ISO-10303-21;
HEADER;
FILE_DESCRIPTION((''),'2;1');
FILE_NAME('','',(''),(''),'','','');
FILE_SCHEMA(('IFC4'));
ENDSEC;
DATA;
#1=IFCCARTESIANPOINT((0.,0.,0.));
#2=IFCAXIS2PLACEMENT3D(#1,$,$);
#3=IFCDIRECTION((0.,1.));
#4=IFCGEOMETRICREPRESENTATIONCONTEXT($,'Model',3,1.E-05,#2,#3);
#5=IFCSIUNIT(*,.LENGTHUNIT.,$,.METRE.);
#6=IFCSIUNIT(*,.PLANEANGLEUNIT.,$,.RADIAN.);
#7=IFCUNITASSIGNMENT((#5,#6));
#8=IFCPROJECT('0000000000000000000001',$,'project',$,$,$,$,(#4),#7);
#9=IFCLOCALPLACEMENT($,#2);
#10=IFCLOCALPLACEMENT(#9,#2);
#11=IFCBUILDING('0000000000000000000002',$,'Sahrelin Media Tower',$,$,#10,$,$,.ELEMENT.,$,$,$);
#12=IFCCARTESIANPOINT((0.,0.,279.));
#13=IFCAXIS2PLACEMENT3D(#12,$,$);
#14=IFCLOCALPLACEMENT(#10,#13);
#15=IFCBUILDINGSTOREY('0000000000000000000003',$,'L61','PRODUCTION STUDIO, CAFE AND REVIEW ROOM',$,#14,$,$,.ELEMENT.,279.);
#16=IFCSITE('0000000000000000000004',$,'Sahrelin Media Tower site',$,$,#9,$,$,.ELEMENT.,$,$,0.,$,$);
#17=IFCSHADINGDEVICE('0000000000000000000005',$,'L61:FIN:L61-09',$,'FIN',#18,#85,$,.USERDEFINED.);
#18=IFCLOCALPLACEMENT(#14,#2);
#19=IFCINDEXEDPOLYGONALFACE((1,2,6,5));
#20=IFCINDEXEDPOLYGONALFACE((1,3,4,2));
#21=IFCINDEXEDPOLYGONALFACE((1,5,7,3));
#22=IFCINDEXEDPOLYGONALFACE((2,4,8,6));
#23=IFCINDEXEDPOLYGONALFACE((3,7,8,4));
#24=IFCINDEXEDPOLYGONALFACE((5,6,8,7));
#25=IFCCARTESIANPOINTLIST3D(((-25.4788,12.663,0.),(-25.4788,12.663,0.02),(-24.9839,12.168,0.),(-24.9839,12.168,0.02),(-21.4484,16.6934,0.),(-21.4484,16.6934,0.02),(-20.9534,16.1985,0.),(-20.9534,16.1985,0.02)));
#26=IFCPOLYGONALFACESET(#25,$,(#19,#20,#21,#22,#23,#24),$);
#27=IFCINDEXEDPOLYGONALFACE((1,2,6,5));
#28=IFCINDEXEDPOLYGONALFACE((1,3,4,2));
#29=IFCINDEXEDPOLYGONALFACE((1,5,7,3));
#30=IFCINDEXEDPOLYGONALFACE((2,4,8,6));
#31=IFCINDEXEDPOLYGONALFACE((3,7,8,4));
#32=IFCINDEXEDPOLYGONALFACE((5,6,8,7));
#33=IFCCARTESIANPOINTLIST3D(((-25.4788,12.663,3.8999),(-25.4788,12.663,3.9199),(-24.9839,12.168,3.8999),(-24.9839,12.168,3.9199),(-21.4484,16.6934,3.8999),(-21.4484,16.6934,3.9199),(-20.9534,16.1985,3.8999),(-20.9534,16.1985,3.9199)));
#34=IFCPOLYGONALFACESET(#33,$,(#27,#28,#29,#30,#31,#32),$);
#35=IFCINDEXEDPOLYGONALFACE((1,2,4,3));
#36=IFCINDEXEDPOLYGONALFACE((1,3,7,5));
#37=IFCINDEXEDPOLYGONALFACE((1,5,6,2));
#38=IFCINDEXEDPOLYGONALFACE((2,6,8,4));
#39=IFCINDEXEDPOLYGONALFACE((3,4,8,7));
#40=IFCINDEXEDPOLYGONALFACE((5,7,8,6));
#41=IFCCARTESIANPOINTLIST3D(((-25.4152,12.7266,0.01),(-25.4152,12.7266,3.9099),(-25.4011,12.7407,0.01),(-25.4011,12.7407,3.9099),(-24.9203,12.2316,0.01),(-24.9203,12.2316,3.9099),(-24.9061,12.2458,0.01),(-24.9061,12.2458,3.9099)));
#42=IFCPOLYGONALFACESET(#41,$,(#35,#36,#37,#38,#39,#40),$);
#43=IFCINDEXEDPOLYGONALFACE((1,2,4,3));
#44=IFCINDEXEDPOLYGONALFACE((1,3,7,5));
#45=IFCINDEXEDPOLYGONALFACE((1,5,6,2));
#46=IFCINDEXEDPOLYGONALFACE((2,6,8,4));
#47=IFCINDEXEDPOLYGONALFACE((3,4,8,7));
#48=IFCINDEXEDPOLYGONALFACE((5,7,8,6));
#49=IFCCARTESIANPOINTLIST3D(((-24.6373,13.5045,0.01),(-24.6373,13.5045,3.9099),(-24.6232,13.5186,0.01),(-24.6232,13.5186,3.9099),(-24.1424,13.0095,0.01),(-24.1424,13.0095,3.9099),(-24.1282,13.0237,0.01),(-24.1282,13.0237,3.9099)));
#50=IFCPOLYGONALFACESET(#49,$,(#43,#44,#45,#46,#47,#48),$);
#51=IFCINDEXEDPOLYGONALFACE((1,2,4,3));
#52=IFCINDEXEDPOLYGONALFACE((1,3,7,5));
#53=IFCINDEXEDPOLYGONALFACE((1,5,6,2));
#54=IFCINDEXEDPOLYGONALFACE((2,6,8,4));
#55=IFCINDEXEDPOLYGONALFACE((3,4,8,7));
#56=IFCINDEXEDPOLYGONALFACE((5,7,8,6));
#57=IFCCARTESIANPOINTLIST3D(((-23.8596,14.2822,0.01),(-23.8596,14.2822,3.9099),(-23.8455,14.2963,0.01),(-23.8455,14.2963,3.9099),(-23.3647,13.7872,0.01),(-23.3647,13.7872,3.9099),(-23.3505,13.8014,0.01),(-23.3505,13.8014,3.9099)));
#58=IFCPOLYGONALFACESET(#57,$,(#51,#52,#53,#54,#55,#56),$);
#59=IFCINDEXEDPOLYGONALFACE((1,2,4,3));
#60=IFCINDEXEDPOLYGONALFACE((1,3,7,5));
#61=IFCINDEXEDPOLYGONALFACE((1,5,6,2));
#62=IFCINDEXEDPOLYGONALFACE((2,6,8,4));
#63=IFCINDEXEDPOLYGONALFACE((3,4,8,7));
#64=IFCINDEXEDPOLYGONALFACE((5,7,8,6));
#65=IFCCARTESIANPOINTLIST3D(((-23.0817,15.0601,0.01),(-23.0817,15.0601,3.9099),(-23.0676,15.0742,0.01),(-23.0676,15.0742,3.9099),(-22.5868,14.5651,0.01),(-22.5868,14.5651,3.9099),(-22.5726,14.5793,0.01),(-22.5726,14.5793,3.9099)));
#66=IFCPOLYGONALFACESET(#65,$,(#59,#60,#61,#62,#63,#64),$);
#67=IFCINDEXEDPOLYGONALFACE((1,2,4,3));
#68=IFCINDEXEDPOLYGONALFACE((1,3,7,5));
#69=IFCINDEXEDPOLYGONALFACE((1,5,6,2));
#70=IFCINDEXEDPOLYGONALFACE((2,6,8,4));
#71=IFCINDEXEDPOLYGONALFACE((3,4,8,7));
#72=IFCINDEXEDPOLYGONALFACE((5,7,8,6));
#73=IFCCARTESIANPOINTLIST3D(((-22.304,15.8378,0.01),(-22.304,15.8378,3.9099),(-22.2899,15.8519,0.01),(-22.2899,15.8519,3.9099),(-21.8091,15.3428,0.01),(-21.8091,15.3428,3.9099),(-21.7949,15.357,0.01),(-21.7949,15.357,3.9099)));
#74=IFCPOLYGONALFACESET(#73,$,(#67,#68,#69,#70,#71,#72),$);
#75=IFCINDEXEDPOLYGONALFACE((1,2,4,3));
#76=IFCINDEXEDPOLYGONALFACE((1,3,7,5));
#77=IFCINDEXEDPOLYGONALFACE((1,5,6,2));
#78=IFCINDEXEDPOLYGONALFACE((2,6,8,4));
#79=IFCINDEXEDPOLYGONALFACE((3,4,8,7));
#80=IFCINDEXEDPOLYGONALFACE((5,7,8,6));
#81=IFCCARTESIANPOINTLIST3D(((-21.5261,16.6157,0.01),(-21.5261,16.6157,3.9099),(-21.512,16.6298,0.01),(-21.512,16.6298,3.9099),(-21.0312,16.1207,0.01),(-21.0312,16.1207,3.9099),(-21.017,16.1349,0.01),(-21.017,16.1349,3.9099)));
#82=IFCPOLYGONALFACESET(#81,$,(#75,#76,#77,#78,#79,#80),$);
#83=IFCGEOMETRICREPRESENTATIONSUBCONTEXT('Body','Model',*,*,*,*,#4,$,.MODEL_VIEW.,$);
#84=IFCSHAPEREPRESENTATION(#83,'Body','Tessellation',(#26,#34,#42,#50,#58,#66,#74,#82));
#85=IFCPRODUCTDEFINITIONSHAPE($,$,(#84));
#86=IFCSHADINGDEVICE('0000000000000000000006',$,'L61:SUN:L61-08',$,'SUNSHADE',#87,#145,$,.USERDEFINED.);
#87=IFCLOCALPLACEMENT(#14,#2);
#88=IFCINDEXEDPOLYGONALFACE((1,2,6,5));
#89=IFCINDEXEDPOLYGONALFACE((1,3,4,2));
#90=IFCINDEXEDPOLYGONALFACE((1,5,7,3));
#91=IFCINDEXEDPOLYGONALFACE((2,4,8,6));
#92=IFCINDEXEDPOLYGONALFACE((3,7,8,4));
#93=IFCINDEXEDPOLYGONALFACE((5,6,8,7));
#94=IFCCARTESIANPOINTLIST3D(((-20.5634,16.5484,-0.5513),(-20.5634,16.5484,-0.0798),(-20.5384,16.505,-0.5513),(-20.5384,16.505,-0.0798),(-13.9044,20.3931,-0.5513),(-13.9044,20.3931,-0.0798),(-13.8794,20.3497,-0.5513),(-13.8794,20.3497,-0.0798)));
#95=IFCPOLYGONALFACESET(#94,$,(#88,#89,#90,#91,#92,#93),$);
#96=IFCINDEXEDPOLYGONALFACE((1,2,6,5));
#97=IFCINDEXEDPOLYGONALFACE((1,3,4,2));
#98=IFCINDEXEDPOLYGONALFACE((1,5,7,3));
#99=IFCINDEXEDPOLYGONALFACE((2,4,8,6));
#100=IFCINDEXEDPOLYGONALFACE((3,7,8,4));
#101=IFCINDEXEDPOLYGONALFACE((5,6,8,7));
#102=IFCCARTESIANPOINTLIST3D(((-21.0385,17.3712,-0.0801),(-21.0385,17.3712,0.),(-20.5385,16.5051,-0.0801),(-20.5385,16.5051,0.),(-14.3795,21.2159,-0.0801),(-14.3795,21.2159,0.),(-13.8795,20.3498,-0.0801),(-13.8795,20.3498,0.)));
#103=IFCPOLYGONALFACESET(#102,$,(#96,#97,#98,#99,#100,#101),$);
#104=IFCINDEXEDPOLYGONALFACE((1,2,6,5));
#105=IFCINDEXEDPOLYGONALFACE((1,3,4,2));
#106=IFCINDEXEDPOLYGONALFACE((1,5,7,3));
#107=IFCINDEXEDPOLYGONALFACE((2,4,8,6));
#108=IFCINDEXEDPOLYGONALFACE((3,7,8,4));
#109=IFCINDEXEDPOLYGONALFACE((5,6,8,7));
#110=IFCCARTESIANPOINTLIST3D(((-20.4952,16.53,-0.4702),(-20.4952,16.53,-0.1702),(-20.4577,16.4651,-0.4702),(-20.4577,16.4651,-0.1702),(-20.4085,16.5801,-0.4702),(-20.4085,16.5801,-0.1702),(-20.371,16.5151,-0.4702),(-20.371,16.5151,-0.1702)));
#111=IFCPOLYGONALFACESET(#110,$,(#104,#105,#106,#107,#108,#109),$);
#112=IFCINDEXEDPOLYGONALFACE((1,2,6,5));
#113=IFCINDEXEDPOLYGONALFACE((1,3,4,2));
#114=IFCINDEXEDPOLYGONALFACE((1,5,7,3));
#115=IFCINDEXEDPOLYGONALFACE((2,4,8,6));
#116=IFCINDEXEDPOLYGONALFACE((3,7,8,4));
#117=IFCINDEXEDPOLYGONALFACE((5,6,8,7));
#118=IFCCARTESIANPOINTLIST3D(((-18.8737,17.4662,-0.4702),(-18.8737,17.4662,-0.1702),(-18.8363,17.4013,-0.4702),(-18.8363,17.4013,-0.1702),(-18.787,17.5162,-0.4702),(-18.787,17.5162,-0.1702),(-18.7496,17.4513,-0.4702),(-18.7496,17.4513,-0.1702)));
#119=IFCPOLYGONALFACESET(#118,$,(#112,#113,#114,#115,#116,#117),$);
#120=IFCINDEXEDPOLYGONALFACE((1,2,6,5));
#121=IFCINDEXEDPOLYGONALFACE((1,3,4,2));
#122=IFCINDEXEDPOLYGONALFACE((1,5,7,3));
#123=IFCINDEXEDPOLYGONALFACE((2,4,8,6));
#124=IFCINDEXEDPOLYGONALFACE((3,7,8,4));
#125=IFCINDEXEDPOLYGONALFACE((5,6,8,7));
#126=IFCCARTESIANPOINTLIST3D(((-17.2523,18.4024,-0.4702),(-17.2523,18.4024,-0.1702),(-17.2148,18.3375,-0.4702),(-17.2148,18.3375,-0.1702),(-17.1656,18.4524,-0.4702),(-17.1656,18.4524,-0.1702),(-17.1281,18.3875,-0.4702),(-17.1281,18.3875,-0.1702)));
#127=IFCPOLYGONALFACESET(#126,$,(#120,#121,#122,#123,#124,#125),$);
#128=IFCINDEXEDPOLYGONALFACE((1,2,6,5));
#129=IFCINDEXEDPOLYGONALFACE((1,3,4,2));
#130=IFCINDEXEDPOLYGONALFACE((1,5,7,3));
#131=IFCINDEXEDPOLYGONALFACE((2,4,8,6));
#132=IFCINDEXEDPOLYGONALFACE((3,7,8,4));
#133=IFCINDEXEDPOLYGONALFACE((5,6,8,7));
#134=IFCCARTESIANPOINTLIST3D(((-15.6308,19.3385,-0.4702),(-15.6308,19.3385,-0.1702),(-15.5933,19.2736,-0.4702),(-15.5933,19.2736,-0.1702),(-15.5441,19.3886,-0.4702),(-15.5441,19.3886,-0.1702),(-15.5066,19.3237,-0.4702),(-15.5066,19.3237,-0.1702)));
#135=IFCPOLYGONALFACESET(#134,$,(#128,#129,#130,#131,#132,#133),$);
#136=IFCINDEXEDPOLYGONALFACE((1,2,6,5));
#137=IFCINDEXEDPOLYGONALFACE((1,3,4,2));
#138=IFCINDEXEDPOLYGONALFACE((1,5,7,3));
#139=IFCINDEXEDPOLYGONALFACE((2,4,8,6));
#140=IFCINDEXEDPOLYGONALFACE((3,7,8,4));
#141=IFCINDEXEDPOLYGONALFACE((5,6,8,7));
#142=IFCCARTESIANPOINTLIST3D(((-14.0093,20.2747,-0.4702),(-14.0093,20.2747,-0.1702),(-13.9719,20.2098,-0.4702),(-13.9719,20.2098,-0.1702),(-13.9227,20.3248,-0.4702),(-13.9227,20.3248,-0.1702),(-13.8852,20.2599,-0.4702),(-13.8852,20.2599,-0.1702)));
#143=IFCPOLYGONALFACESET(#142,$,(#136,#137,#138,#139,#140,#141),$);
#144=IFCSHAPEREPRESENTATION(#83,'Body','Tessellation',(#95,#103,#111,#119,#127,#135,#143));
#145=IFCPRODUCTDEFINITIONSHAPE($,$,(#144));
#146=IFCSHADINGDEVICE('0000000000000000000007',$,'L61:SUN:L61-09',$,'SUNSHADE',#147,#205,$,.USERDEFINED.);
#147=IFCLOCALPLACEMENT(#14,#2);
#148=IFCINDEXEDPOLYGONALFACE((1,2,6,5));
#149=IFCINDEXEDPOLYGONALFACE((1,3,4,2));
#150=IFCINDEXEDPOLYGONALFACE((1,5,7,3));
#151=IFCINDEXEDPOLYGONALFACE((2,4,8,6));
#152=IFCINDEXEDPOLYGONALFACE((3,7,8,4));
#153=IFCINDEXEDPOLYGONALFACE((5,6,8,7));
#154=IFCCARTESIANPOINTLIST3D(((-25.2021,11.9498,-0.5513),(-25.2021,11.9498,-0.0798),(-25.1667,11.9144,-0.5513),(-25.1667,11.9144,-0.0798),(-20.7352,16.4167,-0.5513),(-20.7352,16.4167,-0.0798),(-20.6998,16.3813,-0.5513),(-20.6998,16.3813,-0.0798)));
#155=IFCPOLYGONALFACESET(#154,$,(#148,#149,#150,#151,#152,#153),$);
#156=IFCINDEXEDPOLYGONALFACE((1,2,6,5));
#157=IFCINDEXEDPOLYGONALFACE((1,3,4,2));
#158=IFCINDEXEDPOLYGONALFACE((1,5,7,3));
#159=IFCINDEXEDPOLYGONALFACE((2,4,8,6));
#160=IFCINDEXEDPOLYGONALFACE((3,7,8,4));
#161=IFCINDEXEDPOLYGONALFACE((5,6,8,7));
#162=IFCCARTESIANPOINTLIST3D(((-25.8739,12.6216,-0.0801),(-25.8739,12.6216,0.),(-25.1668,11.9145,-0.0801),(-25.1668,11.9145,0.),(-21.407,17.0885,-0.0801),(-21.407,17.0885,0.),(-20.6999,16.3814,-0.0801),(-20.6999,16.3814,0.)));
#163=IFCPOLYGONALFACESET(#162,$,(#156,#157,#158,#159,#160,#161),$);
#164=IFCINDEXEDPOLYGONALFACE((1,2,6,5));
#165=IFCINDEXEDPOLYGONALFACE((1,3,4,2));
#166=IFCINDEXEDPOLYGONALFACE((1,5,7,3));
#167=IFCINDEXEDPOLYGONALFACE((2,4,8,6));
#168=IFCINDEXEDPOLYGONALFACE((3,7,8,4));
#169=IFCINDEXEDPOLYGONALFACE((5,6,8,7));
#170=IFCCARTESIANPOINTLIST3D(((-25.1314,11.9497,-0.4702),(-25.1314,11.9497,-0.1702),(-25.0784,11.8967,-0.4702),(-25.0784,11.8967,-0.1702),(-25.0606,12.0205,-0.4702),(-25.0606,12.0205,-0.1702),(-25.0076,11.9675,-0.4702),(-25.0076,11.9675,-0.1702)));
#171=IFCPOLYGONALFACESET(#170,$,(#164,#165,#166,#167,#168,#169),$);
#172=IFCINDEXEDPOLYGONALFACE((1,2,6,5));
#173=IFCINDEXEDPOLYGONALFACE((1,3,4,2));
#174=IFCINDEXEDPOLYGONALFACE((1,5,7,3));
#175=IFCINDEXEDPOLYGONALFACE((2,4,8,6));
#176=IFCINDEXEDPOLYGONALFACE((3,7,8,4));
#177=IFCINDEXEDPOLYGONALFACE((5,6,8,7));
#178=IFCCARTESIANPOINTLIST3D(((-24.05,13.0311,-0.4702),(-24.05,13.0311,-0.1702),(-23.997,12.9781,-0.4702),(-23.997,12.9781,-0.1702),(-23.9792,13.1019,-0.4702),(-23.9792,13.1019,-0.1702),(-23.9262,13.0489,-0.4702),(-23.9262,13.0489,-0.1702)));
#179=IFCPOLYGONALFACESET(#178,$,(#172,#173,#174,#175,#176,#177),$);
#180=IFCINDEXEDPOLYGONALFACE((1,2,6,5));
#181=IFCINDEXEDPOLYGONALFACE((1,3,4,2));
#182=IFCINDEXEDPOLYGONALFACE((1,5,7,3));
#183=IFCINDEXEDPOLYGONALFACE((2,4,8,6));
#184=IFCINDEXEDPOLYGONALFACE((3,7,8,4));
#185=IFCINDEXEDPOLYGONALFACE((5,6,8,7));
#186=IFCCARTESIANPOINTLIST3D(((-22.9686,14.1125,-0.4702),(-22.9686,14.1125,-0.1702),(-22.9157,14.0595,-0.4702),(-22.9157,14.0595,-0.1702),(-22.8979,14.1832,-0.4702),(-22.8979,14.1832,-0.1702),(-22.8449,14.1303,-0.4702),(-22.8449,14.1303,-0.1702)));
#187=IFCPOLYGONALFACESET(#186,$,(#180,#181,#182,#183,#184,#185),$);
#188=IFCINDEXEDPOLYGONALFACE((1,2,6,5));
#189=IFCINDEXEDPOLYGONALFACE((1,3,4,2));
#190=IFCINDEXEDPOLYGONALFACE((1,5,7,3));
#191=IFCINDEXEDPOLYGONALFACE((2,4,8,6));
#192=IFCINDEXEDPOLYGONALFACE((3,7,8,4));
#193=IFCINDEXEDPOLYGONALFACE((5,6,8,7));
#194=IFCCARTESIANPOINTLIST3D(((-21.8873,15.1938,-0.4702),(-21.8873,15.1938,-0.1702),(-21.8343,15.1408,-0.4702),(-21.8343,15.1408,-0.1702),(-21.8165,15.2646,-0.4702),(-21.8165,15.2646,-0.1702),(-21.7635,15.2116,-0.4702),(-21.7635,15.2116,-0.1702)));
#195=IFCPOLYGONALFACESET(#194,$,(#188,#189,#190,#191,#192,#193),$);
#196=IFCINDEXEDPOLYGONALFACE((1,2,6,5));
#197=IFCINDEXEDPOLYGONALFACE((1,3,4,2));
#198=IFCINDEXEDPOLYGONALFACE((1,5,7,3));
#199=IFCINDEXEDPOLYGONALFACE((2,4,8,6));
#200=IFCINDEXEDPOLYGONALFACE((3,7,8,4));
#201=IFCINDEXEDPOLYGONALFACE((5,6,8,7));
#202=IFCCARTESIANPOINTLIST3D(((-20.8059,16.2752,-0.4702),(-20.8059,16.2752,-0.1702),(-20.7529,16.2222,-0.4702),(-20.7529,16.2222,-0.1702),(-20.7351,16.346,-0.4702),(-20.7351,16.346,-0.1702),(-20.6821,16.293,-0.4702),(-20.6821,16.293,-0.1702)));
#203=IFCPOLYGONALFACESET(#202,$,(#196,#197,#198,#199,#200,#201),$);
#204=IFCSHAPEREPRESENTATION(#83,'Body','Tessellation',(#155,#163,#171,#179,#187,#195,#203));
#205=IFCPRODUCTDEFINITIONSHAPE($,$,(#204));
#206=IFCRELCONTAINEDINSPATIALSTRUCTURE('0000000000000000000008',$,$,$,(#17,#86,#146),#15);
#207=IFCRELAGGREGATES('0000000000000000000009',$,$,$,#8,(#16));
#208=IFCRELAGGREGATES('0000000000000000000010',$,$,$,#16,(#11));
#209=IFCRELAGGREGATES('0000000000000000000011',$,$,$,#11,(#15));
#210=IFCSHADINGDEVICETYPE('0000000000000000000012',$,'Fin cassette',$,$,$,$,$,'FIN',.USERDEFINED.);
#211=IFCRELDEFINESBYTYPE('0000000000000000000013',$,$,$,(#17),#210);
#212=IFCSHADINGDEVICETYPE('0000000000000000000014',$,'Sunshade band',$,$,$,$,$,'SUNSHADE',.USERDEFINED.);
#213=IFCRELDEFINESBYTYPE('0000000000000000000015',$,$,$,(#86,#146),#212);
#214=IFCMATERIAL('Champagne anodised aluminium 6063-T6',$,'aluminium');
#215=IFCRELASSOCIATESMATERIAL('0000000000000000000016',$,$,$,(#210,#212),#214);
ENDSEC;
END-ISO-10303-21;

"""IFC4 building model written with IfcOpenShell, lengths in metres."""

from ifc_helpers import new_model, si_unit, direction, frame, origin, origin_2d, place, context, subcontext, project, spatial, rectangle, extrude, material, type_object, element, save


model = new_model("IFC4")

# Units and contexts
model_context = context("Model", 3, precision=1e-05, world=origin(), true_north=direction((0.0, 1.0)))
body_context = subcontext(model_context, "Body", "Model", "MODEL_VIEW")
ifc_project = project(units=[si_unit("LENGTHUNIT", "METRE"), si_unit("PLANEANGLEUNIT", "RADIAN")], contexts=[model_context])

# Site, building, storey
site_placement = place(None, origin())
site = spatial("IfcSite", under=ifc_project, at=site_placement, Name="Sahrelin Media Tower site", CompositionType="ELEMENT", RefElevation=0.0)
building_placement = place(site_placement, origin())
building = spatial("IfcBuilding", under=site, at=building_placement, Name="Sahrelin Media Tower", CompositionType="ELEMENT")
storey_placement = place(building_placement, frame((0.0, 0.0, 279.0)))
storey = spatial("IfcBuildingStorey", under=building, at=storey_placement, Name="L61", Description="PRODUCTION STUDIO, CAFE AND REVIEW ROOM", CompositionType="ELEMENT", Elevation=279.0)

# Shared definitions
ifc_material_1 = material(Name="Champagne anodised aluminium 6063-T6", Category="aluminium")

# Shading devices
shading_device_type_1 = type_object("IfcShadingDeviceType", Name="Fin cassette", ElementType="FIN", PredefinedType="USERDEFINED", material=ifc_material_1)
placement_1 = place(storey_placement, frame((-17.199, 18.4102, 0.0), z_axis=(0.0, 0.0, 1.0), x_axis=(0.866019, 0.500011, 0.0)))
placement_2 = place(storey_placement, frame((-22.9192, 14.1338, 0.0), z_axis=(0.0, 0.0, 1.0), x_axis=(0.707107, 0.707107, 0.0)))
element("IfcShadingDevice", 1, at=placement_2, inside=storey, type_object=shading_device_type_1, Name="L61:FIN:L61-09", ObjectType="FIN", PredefinedType="USERDEFINED", context=body_context, shape_type="SweptSolid", body=[
    extrude(rectangle(XDim=5.7, YDim=0.7, at=origin_2d()), frame((0.0, 0.4199, 0.0)), (0.0, 0.0, 1.0), 0.02),
    extrude(rectangle(XDim=5.7, YDim=0.7, at=origin_2d()), frame((0.0, 0.4199, 3.8999)), (0.0, 0.0, 1.0), 0.02),
    extrude(rectangle(XDim=0.02, YDim=0.7, at=origin_2d()), frame((-2.75, 0.4199, 0.01), z_axis=(0.0, 0.0, 1.0), x_axis=(1.0, 0.0, 0.0)), (0.0, 0.0, 1.0), 3.8999),
    extrude(rectangle(XDim=0.02, YDim=0.7, at=origin_2d()), frame((-1.6499, 0.4199, 0.01), z_axis=(0.0, 0.0, 1.0), x_axis=(1.0, 0.0, 0.0)), (0.0, 0.0, 1.0), 3.8999),
    extrude(rectangle(XDim=0.02, YDim=0.7, at=origin_2d()), frame((-0.55, 0.4199, 0.01), z_axis=(0.0, 0.0, 1.0), x_axis=(1.0, 0.0, 0.0)), (0.0, 0.0, 1.0), 3.8999),
    extrude(rectangle(XDim=0.02, YDim=0.7, at=origin_2d()), frame((0.55, 0.4199, 0.01), z_axis=(0.0, 0.0, 1.0), x_axis=(1.0, 0.0, 0.0)), (0.0, 0.0, 1.0), 3.8999),
    extrude(rectangle(XDim=0.02, YDim=0.7, at=origin_2d()), frame((1.6499, 0.4199, 0.01), z_axis=(0.0, 0.0, 1.0), x_axis=(1.0, 0.0, 0.0)), (0.0, 0.0, 1.0), 3.8999),
    extrude(rectangle(XDim=0.02, YDim=0.7, at=origin_2d()), frame((2.75, 0.4199, 0.01), z_axis=(0.0, 0.0, 1.0), x_axis=(1.0, 0.0, 0.0)), (0.0, 0.0, 1.0), 3.8999),
])
shading_device_type_2 = type_object("IfcShadingDeviceType", Name="Sunshade band", ElementType="SUNSHADE", PredefinedType="USERDEFINED", material=ifc_material_1)
element("IfcShadingDevice", 2, at=placement_1, inside=storey, type_object=shading_device_type_2, Name="L61:SUN:L61-08", ObjectType="SUNSHADE", PredefinedType="USERDEFINED", context=body_context, shape_type="SweptSolid", body=[
    extrude(rectangle(XDim=7.6892, YDim=0.05, at=origin_2d()), frame((0.0, 0.0449, -0.5513)), (0.0, 0.0, 1.0), 0.4714),
    extrude(rectangle(XDim=7.6892, YDim=1.0, at=origin_2d()), frame((0.0, 0.52, -0.0801)), (0.0, 0.0, 1.0), 0.0801),
    extrude(rectangle(XDim=0.1001, YDim=0.075, at=origin_2d()), frame((-3.7446, -0.0176, -0.4702)), (0.0, 0.0, 1.0), 0.3),
    extrude(rectangle(XDim=0.1001, YDim=0.075, at=origin_2d()), frame((-1.8723, -0.0176, -0.4702)), (0.0, 0.0, 1.0), 0.3),
    extrude(rectangle(XDim=0.1001, YDim=0.075, at=origin_2d()), frame((0.0, -0.0176, -0.4702)), (0.0, 0.0, 1.0), 0.3),
    extrude(rectangle(XDim=0.1001, YDim=0.075, at=origin_2d()), frame((1.8723, -0.0176, -0.4702)), (0.0, 0.0, 1.0), 0.3),
    extrude(rectangle(XDim=0.1001, YDim=0.075, at=origin_2d()), frame((3.7446, -0.0176, -0.4702)), (0.0, 0.0, 1.0), 0.3),
])
element("IfcShadingDevice", 3, at=placement_2, inside=storey, type_object=shading_device_type_2, Name="L61:SUN:L61-09", ObjectType="SUNSHADE", PredefinedType="USERDEFINED", context=body_context, shape_type="SweptSolid", body=[
    extrude(rectangle(XDim=6.3171, YDim=0.05, at=origin_2d()), frame((0.0, 0.0449, -0.5513)), (0.0, 0.0, 1.0), 0.4714),
    extrude(rectangle(XDim=6.3171, YDim=1.0, at=origin_2d()), frame((0.0, 0.52, -0.0801)), (0.0, 0.0, 1.0), 0.0801),
    extrude(rectangle(XDim=0.1001, YDim=0.075, at=origin_2d()), frame((-3.0586, -0.0176, -0.4702)), (0.0, 0.0, 1.0), 0.3),
    extrude(rectangle(XDim=0.1001, YDim=0.075, at=origin_2d()), frame((-1.5293, -0.0176, -0.4702)), (0.0, 0.0, 1.0), 0.3),
    extrude(rectangle(XDim=0.1001, YDim=0.075, at=origin_2d()), frame((0.0, -0.0176, -0.4702)), (0.0, 0.0, 1.0), 0.3),
    extrude(rectangle(XDim=0.1001, YDim=0.075, at=origin_2d()), frame((1.5293, -0.0176, -0.4702)), (0.0, 0.0, 1.0), 0.3),
    extrude(rectangle(XDim=0.1001, YDim=0.075, at=origin_2d()), frame((3.0586, -0.0176, -0.4702)), (0.0, 0.0, 1.0), 0.3),
])

save(model, "model.ifc")
